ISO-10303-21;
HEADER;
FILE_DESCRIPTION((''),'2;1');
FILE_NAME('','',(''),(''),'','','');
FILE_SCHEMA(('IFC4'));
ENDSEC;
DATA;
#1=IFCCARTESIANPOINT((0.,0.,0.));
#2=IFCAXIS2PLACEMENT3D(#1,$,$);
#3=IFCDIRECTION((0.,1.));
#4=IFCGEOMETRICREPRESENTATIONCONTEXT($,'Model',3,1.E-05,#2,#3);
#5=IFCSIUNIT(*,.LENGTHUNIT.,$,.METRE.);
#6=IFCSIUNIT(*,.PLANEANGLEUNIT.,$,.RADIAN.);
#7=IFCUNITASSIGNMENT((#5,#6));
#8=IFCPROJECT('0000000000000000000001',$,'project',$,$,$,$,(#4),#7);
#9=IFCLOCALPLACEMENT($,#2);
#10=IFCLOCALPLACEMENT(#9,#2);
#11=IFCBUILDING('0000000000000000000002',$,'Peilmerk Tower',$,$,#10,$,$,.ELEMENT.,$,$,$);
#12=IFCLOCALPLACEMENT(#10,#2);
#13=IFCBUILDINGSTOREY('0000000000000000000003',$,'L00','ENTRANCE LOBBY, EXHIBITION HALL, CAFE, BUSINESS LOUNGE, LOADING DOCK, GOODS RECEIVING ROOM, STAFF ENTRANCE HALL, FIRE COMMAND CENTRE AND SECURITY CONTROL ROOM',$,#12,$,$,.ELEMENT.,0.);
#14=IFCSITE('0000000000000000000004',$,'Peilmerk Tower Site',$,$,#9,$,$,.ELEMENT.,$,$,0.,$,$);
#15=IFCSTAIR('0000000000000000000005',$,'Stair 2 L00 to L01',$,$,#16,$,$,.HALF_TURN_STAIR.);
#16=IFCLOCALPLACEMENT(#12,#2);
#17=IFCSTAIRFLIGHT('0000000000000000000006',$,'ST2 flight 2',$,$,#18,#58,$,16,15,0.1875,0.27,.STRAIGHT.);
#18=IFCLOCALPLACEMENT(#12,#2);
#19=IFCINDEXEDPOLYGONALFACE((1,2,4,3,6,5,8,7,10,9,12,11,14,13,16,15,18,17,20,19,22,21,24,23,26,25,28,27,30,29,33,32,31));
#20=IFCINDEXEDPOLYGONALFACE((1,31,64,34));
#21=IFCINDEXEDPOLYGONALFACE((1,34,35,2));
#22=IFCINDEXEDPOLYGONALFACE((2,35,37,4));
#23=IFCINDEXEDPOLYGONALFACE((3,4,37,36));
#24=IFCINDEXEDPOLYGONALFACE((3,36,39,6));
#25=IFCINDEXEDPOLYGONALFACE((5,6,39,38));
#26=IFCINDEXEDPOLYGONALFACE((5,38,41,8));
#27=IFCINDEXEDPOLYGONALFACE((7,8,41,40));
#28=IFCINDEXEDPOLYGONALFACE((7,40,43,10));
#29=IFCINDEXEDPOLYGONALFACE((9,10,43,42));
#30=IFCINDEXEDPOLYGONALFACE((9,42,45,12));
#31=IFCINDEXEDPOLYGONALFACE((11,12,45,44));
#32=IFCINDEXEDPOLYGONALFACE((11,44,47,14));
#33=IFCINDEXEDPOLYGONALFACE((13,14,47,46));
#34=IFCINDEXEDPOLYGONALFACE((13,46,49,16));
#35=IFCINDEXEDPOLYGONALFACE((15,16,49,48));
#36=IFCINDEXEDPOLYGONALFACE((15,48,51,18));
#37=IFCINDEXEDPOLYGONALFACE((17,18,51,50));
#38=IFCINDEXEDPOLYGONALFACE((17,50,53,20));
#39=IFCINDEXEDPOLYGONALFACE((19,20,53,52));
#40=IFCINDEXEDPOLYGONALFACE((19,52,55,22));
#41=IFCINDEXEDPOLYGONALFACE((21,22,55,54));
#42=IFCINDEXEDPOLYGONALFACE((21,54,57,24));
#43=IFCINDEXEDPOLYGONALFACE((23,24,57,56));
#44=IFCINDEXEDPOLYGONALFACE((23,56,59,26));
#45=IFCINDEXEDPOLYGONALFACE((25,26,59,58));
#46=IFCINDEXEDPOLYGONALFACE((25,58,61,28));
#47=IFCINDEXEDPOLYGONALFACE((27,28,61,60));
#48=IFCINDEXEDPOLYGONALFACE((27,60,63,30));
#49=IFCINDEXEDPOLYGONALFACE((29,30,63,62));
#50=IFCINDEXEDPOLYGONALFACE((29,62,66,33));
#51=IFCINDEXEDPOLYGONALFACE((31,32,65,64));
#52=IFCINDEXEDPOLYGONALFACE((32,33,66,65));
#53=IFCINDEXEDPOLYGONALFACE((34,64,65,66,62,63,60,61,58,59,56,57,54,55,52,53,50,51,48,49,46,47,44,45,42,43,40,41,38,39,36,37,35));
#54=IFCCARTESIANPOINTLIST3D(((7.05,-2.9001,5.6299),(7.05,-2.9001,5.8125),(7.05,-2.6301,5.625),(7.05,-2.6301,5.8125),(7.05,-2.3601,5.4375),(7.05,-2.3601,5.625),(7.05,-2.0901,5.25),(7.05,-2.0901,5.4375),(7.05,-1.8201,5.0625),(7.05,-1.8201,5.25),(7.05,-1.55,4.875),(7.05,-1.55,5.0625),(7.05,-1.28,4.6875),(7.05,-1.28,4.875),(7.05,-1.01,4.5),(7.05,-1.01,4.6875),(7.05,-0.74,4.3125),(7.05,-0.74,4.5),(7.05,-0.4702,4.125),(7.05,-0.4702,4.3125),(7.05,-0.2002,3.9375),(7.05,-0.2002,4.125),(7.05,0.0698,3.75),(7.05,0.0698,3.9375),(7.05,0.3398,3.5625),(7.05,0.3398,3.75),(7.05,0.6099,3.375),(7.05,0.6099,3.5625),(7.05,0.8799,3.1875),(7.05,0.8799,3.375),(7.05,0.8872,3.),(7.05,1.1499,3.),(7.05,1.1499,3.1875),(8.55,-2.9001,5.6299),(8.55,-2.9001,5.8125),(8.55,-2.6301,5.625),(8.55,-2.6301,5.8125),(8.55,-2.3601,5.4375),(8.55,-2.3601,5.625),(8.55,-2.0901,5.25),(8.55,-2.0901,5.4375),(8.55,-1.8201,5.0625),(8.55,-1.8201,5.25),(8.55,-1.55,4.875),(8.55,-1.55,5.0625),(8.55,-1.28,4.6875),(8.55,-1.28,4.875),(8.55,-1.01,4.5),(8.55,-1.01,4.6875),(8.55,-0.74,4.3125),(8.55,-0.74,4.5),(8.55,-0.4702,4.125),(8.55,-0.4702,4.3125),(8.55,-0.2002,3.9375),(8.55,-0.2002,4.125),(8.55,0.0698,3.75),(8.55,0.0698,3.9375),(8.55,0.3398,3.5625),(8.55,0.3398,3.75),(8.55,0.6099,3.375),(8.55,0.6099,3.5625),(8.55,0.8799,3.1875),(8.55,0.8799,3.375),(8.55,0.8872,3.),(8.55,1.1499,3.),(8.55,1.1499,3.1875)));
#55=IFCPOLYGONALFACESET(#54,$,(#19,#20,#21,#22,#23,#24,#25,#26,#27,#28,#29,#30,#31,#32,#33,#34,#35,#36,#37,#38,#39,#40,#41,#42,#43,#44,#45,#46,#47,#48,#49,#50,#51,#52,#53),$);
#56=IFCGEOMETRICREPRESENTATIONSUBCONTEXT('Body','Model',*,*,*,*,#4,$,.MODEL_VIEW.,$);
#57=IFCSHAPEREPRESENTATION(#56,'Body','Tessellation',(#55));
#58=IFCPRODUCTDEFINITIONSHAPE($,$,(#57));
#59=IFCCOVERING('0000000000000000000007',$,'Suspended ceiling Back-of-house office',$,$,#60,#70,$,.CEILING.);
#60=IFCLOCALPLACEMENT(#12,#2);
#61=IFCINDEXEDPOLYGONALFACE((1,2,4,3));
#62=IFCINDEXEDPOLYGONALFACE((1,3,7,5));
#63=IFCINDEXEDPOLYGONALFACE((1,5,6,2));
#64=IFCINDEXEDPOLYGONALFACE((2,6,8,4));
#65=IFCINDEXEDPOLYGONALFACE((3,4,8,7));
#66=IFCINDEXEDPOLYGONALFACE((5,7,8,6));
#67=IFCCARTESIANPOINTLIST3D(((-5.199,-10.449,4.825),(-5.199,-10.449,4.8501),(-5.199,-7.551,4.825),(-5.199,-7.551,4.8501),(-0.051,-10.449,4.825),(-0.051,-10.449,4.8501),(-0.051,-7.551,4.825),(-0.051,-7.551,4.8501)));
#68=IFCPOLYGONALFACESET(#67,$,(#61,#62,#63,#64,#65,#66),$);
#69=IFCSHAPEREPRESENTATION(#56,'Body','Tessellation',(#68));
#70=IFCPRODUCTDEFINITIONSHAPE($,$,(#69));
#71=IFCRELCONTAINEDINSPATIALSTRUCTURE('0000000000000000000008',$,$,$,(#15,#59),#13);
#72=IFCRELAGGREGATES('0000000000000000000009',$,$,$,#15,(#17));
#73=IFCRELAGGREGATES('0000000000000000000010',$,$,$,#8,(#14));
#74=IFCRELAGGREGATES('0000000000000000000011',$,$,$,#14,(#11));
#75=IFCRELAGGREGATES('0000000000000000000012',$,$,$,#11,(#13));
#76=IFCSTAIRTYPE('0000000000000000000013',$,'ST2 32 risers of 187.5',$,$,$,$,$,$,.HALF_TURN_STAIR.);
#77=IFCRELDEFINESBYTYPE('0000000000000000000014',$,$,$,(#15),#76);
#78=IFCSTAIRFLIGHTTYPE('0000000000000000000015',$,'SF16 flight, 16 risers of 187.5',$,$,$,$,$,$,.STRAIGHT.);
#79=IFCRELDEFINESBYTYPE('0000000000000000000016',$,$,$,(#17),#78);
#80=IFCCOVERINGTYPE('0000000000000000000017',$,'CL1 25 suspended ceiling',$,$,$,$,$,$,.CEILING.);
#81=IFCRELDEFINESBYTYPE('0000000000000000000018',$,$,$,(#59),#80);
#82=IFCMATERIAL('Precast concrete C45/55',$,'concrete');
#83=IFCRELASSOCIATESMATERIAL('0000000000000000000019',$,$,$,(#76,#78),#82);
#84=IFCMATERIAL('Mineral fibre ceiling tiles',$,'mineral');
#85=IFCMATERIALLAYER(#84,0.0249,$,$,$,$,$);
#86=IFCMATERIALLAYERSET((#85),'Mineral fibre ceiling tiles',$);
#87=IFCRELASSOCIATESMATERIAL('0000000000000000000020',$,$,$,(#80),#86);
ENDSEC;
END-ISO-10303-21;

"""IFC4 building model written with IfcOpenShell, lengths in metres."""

from ifc_helpers import new_model, si_unit, direction, frame, origin, place, context, subcontext, project, spatial, polyline, outline, extrude, material, layer, layer_set, type_object, element, aggregate, save


model = new_model("IFC4")

# Units and contexts
model_context = context("Model", 3, precision=1e-05, world=origin(), true_north=direction((0.0, 1.0)))
body_context = subcontext(model_context, "Body", "Model", "MODEL_VIEW")
ifc_project = project(units=[si_unit("LENGTHUNIT", "METRE"), si_unit("PLANEANGLEUNIT", "RADIAN")], contexts=[model_context])

# Site, building, storey
site_placement = place(None, origin())
site = spatial("IfcSite", under=ifc_project, at=site_placement, Name="Peilmerk Tower Site", CompositionType="ELEMENT", RefElevation=0.0)
building_placement = place(site_placement, origin())
building = spatial("IfcBuilding", under=site, at=building_placement, Name="Peilmerk Tower", CompositionType="ELEMENT")
storey_placement = place(building_placement, origin())
storey = spatial("IfcBuildingStorey", under=building, at=storey_placement, Name="L00", Description="ENTRANCE LOBBY, EXHIBITION HALL, CAFE, BUSINESS LOUNGE, LOADING DOCK, GOODS RECEIVING ROOM, STAFF ENTRANCE HALL, FIRE COMMAND CENTRE AND SECURITY CONTROL ROOM", CompositionType="ELEMENT", Elevation=0.0)

# Shared definitions
ifc_material_1 = material(Name="Precast concrete C45/55", Category="concrete")

# Stair, stair flight
stair_type_1 = type_object("IfcStairType", Name="ST2 32 risers of 187.5", PredefinedType="HALF_TURN_STAIR", material=ifc_material_1)
stair_1_placement = place(storey_placement, origin())
stair_1 = element("IfcStair", 1, at=stair_1_placement, inside=storey, type_object=stair_type_1, Name="Stair 2 L00 to L01", PredefinedType="HALF_TURN_STAIR")
stair_flight_type = type_object("IfcStairFlightType", Name="SF16 flight, 16 risers of 187.5", PredefinedType="STRAIGHT", material=ifc_material_1)
stair_flight_placement = place(storey_placement, frame((7.8, 1.1499, 3.0), z_axis=(0.0, 0.0, 1.0), x_axis=(0.0, -1.0, 0.0)))
stair_flight = element("IfcStairFlight", 2, at=stair_flight_placement, type_object=stair_flight_type, Name="ST2 flight 2", NumberOfRisers=16, NumberOfTreads=15, PredefinedType="STRAIGHT", RiserHeight=0.1875, TreadLength=0.27, context=body_context, shape_type="SweptSolid", body=[
    extrude(outline(polyline([(0.0, 0.0), (0.0, 0.1875), (0.27, 0.1875), (0.27, 0.375), (0.54, 0.375), (0.54, 0.5625), (0.8101, 0.5625), (0.8101, 0.75), (1.0801, 0.75), (1.0801, 0.9375), (1.3501, 0.9375), (1.3501, 1.125), (1.6201, 1.125), (1.6201, 1.3125), (1.8899, 1.3125), (1.8899, 1.5), (2.1599, 1.5), (2.1599, 1.6875), (2.4299, 1.6875), (2.4299, 1.875), (2.7, 1.875), (2.7, 2.0625), (2.97, 2.0625), (2.97, 2.25), (3.24, 2.25), (3.24, 2.4375), (3.51, 2.4375), (3.51, 2.625), (3.78, 2.625), (3.78, 2.8125), (4.05, 2.8125), (4.05, 3.0), (4.05, 2.6299), (0.2627, 0.0), (0.0, 0.0)])), frame((0.0, 0.75, 0.0), z_axis=(0.0, -1.0, 0.0), x_axis=(1.0, 0.0, 0.0)), (0.0, 0.0, 1.0), 1.5),
])
aggregate(stair_1, [stair_flight])

# Covering
ifc_material_2 = material(Name="Mineral fibre ceiling tiles", Category="mineral")
ifc_layer_1 = layer(ifc_material_2, 0.0249)
ifc_layer_set_1 = layer_set([ifc_layer_1], Name="Mineral fibre ceiling tiles")
covering_type = type_object("IfcCoveringType", Name="CL1 25 suspended ceiling", PredefinedType="CEILING", material=ifc_layer_set_1)
covering_placement = place(storey_placement, frame((0.0, 0.0, 4.825)))
element("IfcCovering", 3, at=covering_placement, inside=storey, type_object=covering_type, Name="Suspended ceiling Back-of-house office", PredefinedType="CEILING", context=body_context, shape_type="SweptSolid", body=[
    extrude(outline(polyline([(-5.199, -10.449), (-0.051, -10.449), (-0.051, -7.551), (-5.199, -7.551), (-5.199, -10.449)])), origin(), (0.0, 0.0, 1.0), 0.0251),
])

save(model, "model.ifc")
